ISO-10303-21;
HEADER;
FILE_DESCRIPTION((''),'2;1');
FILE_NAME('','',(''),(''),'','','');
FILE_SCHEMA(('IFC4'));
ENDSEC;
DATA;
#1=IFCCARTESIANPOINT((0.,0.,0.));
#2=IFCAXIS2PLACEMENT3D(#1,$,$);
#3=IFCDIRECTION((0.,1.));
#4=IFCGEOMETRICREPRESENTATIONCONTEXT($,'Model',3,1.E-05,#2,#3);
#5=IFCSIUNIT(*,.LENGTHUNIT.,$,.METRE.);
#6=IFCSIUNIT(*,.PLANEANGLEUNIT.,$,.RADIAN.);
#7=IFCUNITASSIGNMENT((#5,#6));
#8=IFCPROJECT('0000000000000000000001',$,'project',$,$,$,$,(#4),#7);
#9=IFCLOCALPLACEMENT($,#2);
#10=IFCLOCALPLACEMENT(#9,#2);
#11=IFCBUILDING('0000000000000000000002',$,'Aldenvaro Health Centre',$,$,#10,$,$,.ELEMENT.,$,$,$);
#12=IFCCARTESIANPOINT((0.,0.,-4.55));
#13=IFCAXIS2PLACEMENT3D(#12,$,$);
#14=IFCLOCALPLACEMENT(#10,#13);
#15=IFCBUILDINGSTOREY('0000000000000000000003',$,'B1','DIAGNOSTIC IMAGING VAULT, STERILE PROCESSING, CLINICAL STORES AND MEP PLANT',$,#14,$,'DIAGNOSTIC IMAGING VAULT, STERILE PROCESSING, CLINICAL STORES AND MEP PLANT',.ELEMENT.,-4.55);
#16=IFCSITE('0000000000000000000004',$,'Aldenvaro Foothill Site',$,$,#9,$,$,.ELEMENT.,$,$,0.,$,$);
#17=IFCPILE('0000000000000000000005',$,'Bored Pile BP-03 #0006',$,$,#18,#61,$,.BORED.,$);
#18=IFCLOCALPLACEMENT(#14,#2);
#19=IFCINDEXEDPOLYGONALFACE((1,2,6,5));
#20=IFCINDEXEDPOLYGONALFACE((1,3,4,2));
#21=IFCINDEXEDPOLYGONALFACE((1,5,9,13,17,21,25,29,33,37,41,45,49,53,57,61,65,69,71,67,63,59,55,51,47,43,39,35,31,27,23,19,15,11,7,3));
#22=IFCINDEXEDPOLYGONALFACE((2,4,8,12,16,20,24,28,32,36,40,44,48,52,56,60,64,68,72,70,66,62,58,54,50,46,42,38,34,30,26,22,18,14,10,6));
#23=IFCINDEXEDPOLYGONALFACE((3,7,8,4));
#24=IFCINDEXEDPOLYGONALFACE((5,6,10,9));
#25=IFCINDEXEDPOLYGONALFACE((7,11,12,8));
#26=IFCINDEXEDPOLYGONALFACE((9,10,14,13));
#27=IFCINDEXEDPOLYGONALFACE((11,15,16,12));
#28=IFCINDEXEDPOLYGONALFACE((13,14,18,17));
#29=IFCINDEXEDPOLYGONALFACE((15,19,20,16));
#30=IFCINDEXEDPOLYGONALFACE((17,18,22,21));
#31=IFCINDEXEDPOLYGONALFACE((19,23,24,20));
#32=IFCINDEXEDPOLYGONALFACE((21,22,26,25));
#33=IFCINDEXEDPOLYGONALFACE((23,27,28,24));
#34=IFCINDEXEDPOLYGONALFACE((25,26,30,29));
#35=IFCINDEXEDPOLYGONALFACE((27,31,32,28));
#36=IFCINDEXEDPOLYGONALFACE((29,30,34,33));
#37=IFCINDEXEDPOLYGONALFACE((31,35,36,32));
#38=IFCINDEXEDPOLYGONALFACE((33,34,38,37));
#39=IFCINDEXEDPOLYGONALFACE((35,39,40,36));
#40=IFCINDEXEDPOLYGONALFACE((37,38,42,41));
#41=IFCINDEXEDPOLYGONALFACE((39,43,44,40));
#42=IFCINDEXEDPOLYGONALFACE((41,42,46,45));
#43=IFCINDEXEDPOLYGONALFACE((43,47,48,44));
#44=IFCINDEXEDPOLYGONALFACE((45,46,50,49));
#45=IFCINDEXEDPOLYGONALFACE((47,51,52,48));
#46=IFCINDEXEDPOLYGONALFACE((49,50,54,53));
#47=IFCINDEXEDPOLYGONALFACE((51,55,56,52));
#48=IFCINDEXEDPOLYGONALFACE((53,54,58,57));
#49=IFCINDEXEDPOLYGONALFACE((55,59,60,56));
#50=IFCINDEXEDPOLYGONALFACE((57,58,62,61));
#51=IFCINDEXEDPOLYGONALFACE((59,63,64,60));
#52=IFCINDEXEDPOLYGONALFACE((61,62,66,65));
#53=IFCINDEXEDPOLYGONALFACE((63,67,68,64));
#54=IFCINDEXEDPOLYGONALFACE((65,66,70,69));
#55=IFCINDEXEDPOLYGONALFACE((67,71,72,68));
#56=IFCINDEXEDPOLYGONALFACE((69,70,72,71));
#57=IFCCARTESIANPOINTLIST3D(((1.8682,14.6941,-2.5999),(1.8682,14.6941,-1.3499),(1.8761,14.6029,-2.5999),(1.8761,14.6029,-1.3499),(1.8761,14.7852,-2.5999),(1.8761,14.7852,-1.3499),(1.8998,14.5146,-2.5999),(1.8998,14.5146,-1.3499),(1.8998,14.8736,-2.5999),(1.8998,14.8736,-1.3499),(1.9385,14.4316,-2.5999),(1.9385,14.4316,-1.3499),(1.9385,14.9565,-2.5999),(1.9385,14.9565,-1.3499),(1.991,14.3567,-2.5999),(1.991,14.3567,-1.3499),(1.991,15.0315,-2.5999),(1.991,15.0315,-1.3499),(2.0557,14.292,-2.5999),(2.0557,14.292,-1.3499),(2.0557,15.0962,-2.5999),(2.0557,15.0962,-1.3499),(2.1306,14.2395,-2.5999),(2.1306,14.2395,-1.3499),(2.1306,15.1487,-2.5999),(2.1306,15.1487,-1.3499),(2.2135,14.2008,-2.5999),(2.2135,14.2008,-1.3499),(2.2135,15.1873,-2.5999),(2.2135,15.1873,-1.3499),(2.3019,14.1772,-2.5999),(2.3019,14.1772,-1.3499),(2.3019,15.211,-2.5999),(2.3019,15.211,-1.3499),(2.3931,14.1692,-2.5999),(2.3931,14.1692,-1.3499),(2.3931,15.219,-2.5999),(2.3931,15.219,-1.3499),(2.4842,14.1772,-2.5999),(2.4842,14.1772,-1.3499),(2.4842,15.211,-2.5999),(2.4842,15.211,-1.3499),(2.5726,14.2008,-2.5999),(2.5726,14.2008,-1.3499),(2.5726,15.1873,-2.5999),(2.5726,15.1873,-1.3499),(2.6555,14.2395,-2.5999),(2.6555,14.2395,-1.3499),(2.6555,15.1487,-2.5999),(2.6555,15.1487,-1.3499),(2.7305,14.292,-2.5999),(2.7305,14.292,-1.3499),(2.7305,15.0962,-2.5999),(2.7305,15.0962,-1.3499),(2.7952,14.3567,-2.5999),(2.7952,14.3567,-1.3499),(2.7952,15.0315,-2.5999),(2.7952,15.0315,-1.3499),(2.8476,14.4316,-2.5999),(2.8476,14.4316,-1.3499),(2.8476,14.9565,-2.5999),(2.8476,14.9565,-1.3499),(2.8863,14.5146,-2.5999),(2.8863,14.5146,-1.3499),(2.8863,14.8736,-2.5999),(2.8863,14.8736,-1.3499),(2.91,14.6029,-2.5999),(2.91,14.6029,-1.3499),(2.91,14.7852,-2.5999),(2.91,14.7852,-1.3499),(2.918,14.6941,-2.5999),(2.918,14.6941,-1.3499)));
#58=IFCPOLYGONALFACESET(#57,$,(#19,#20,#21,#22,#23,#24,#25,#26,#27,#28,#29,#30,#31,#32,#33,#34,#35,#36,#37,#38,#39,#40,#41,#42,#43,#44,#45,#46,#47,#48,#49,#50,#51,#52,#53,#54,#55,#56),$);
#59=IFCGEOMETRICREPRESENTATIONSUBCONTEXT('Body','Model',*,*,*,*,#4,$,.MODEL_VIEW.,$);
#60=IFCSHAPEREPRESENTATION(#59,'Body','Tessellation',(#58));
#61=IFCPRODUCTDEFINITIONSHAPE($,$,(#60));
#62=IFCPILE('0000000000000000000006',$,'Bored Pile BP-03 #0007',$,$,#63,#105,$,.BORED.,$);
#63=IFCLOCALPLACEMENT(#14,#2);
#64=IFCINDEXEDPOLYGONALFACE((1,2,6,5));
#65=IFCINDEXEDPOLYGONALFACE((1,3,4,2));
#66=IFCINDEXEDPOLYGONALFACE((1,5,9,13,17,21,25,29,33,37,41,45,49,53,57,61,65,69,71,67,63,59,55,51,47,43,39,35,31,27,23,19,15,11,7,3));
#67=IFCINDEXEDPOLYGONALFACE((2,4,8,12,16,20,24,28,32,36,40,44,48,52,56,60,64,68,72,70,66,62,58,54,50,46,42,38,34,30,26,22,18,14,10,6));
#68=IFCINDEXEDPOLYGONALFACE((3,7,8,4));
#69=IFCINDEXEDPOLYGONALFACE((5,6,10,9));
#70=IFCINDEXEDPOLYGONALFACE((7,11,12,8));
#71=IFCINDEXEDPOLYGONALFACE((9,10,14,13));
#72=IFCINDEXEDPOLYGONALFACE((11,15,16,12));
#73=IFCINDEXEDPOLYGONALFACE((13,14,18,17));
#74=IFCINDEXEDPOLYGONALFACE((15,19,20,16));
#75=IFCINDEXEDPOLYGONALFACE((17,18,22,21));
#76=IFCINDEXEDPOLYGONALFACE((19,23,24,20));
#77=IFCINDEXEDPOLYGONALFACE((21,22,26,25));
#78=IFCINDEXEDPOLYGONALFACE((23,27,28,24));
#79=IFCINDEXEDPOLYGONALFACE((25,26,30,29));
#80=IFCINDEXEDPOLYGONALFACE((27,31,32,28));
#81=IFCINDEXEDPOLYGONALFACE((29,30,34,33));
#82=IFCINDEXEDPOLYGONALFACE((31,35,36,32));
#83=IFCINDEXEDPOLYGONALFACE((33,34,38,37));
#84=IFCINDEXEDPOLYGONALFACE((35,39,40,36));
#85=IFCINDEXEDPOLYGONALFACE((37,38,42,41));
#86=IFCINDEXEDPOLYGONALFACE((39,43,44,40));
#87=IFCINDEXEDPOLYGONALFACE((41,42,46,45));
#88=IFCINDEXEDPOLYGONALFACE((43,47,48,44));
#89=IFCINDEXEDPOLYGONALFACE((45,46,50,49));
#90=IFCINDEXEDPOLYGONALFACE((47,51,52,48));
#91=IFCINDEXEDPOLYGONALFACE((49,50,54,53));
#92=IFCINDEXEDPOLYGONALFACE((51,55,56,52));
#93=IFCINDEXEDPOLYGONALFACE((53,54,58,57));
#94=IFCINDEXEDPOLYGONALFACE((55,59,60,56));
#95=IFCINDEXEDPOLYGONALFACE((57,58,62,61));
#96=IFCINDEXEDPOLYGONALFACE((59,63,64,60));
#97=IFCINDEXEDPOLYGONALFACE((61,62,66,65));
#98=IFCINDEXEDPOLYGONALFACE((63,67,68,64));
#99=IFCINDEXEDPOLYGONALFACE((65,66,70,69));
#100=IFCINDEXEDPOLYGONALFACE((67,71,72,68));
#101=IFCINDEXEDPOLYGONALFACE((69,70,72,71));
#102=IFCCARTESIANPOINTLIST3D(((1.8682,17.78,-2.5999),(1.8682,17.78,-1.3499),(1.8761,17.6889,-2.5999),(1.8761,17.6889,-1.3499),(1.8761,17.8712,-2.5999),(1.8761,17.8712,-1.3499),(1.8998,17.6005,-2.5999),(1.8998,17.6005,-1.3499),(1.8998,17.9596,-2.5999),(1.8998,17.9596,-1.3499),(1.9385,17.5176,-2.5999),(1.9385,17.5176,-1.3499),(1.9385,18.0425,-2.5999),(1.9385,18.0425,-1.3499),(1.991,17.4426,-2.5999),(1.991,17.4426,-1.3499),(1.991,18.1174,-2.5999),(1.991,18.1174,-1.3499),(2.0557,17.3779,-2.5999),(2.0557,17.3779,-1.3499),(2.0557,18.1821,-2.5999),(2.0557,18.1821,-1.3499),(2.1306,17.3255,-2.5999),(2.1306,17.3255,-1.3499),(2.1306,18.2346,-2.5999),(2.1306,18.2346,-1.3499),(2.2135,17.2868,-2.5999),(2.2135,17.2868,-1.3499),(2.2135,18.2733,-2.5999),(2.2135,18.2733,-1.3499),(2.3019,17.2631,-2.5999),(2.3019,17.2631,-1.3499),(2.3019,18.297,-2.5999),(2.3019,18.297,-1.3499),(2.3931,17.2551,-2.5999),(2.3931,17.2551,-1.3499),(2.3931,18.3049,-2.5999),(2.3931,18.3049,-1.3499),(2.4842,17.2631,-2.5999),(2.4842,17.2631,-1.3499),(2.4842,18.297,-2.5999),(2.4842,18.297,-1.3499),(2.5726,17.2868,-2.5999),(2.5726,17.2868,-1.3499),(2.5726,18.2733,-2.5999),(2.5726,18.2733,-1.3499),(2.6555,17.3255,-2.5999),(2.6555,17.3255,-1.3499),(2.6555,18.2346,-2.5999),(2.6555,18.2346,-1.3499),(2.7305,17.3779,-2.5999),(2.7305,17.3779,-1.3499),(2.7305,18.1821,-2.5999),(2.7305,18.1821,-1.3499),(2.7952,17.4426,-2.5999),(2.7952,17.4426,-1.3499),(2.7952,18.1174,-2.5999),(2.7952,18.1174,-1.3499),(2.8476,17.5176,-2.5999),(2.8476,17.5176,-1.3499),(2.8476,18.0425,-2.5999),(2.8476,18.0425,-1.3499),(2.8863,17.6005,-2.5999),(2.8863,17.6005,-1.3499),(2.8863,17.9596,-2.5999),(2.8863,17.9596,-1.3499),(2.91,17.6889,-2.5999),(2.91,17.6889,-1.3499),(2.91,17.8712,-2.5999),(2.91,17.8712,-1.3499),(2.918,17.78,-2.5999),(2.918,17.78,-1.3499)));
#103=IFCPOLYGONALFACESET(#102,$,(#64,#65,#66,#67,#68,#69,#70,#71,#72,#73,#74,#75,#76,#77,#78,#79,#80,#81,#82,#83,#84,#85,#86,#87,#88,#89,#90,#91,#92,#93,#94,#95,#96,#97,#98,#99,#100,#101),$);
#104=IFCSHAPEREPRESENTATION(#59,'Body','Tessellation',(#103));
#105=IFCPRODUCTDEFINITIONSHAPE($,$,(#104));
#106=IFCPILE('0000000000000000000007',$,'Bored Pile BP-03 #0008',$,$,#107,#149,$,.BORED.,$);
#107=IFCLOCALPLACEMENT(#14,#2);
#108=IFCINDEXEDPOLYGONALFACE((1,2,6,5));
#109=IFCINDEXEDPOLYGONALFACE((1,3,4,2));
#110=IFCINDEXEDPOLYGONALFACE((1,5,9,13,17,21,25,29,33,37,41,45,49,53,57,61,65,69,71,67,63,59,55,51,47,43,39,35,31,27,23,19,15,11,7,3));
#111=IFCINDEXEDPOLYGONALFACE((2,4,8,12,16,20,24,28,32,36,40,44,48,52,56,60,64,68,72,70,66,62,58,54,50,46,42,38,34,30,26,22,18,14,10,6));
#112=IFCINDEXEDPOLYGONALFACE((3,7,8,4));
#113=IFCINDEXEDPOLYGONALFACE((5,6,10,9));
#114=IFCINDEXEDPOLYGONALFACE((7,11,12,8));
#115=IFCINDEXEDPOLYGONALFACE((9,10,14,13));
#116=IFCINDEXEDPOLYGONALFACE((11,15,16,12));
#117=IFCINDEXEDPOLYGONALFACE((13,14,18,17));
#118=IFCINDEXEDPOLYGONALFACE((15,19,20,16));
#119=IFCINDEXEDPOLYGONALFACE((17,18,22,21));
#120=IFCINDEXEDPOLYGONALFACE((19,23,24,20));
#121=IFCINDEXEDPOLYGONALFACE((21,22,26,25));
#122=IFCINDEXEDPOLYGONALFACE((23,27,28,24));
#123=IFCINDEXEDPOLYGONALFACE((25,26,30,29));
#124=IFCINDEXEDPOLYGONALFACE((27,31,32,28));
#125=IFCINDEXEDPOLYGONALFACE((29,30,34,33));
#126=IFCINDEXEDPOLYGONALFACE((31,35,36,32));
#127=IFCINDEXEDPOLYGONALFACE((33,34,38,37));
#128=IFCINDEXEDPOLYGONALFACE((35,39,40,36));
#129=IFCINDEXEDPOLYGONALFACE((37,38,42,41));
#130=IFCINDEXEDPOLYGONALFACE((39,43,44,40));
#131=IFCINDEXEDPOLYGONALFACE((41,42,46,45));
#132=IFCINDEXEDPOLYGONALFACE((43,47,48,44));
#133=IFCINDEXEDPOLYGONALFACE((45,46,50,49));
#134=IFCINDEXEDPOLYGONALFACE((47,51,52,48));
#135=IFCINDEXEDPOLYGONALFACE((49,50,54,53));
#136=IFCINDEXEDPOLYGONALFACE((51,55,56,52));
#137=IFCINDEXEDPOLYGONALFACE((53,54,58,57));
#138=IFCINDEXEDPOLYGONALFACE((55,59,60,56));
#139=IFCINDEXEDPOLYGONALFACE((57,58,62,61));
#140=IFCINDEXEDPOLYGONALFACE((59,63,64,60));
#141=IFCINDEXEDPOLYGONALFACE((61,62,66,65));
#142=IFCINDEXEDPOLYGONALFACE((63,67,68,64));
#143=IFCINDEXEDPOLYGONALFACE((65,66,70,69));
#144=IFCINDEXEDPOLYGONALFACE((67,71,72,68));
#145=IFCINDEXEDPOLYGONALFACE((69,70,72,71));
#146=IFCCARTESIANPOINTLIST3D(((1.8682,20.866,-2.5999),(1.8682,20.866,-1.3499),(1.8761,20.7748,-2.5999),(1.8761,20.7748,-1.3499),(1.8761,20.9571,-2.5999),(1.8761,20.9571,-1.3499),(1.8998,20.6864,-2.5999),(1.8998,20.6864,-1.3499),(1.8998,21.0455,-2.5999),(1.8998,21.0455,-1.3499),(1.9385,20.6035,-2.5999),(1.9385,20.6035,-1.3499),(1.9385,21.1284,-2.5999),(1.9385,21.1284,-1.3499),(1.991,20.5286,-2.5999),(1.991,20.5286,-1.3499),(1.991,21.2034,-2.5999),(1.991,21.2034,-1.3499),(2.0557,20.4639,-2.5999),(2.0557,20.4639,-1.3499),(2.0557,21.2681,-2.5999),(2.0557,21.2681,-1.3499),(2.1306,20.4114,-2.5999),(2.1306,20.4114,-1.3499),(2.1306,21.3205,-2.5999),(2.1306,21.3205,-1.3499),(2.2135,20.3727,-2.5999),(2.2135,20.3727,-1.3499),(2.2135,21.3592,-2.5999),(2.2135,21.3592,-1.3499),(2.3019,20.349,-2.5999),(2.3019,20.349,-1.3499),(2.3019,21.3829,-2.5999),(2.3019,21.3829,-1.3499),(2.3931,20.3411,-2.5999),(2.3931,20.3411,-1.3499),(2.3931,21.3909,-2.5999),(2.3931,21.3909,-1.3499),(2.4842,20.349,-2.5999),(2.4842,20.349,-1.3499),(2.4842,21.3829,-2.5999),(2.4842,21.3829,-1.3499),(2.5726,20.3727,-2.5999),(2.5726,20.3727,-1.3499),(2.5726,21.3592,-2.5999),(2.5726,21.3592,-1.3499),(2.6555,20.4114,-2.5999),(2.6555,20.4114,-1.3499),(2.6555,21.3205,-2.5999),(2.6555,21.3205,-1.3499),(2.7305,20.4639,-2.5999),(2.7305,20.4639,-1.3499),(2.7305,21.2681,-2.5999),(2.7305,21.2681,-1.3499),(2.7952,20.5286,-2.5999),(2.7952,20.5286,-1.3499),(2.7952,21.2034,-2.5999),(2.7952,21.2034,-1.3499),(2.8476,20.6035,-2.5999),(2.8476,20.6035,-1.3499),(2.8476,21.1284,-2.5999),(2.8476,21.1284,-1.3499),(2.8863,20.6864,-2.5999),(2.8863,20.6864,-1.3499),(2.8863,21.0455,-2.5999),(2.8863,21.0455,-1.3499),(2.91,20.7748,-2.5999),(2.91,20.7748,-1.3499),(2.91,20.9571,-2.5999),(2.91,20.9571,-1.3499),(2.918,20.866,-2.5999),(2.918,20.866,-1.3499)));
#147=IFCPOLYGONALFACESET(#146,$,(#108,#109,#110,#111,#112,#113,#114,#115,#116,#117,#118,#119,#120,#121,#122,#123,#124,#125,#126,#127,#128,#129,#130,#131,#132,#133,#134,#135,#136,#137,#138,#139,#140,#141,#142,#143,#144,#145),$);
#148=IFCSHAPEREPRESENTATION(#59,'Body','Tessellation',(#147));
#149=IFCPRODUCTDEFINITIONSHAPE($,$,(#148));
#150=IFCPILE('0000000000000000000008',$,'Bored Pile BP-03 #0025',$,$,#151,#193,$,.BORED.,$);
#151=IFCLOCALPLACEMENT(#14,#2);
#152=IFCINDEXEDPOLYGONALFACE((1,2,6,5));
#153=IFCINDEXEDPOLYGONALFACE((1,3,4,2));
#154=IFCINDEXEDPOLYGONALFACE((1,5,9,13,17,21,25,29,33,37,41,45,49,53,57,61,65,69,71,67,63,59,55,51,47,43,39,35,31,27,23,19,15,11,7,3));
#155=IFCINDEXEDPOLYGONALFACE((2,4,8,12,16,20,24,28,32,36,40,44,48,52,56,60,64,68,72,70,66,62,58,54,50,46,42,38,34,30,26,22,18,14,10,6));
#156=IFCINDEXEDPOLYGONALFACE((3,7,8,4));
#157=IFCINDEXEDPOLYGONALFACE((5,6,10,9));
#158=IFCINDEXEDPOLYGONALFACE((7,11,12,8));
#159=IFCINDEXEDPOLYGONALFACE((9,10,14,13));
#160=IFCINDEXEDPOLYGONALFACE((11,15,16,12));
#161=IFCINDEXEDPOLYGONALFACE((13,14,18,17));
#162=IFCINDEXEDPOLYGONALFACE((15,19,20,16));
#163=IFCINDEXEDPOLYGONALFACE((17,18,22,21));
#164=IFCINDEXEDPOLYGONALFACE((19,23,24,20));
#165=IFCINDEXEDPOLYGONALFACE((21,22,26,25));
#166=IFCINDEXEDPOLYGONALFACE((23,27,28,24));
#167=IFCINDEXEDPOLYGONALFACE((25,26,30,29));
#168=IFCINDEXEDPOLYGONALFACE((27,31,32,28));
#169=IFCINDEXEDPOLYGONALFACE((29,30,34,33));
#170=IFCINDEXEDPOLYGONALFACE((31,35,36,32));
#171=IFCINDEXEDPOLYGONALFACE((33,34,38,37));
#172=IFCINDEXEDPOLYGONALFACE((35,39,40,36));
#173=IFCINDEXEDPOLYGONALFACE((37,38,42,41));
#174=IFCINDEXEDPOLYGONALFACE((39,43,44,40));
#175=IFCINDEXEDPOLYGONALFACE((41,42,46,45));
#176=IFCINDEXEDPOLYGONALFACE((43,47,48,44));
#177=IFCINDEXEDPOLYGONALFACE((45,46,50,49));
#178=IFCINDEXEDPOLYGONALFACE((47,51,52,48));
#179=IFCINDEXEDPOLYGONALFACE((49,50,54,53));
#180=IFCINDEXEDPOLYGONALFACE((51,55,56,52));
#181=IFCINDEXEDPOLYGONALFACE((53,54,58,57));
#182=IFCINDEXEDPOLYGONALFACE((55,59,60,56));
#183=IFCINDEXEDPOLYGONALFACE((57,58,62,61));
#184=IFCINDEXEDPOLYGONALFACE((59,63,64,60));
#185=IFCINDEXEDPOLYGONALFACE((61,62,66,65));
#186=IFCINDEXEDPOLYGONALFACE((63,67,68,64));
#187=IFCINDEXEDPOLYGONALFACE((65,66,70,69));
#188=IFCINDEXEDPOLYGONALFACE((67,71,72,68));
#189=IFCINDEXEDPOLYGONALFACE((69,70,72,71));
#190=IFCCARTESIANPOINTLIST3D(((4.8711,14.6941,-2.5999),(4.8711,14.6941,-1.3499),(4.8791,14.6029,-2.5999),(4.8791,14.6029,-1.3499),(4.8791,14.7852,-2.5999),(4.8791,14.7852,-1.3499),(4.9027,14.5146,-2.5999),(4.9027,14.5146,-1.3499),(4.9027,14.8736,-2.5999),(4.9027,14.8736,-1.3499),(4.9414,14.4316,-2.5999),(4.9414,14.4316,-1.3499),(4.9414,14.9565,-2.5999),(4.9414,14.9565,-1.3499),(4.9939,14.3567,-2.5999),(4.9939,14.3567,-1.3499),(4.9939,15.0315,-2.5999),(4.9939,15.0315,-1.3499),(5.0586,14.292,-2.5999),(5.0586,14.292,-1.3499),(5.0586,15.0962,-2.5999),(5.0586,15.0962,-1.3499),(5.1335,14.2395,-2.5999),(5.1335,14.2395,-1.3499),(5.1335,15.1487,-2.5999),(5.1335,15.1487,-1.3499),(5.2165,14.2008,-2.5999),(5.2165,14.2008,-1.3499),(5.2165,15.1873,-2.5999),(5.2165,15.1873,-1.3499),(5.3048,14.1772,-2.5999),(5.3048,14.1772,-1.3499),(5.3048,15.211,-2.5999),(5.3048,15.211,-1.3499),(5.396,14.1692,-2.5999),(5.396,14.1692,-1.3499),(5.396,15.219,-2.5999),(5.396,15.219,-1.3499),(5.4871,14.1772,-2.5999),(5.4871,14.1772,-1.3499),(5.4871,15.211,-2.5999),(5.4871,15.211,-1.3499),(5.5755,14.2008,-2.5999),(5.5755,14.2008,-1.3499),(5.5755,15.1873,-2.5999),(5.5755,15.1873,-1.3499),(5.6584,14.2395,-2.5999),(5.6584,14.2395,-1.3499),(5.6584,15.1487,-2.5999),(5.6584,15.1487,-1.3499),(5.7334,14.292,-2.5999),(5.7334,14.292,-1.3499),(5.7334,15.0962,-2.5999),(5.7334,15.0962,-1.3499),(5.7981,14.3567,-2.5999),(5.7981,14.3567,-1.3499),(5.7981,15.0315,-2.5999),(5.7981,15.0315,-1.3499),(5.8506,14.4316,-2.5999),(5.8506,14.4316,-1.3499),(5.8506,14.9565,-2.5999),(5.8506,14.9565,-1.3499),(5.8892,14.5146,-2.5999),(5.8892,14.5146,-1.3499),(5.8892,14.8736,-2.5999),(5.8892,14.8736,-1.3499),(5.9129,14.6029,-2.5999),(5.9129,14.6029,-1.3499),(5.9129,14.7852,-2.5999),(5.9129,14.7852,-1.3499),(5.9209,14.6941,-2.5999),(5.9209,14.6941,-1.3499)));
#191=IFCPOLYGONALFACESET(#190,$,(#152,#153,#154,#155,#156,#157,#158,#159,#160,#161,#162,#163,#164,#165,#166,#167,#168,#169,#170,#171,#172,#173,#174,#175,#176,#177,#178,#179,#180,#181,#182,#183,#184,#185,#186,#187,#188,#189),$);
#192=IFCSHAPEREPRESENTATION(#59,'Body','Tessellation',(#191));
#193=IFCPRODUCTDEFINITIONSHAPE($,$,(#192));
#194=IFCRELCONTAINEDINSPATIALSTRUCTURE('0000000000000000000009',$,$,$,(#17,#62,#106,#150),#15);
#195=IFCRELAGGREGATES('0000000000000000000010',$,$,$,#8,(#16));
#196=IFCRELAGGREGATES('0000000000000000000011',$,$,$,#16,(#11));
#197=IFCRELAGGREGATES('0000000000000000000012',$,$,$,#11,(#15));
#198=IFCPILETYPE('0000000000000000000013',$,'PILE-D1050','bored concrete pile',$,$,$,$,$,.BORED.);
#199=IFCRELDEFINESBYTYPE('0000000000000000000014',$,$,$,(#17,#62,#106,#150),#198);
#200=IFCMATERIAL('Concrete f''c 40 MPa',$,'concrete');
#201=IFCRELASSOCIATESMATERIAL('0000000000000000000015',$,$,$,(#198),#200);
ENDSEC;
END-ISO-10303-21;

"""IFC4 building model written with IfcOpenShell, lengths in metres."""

from ifc_helpers import new_model, si_unit, direction, frame, origin, origin_2d, place, context, subcontext, project, spatial, circle, extrude, material, material_profile, profile_set, type_object, element, save


model = new_model("IFC4")

# Units and contexts
model_context = context("Model", 3, precision=1e-05, world=origin(), true_north=direction((0.0, 1.0)))
body_context = subcontext(model_context, "Body", "Model", "MODEL_VIEW")
ifc_project = project(units=[si_unit("LENGTHUNIT", "METRE"), si_unit("PLANEANGLEUNIT", "RADIAN")], contexts=[model_context])

# Site, building, storey
site_placement = place(None, origin())
site = spatial("IfcSite", under=ifc_project, at=site_placement, Name="Aldenvaro Foothill Site", CompositionType="ELEMENT", RefElevation=0.0)
building_placement = place(site_placement, origin())
building = spatial("IfcBuilding", under=site, at=building_placement, Name="Aldenvaro Health Centre", CompositionType="ELEMENT")
storey_placement = place(building_placement, frame((0.0, 0.0, -4.55)))
storey = spatial("IfcBuildingStorey", under=building, at=storey_placement, Name="B1", Description="DIAGNOSTIC IMAGING VAULT, STERILE PROCESSING, CLINICAL STORES AND MEP PLANT", LongName="DIAGNOSTIC IMAGING VAULT, STERILE PROCESSING, CLINICAL STORES AND MEP PLANT", CompositionType="ELEMENT", Elevation=-4.55)

# Piles
ifc_material_1 = material(Name="Concrete f'c 40 MPa", Category="concrete")
ifc_material_profile_1 = material_profile(ifc_material_1, circle(Radius=0.5249, at=origin_2d()), Name="PILE D1050", Category="concrete")
ifc_profile_set_1 = profile_set([ifc_material_profile_1], Name="Concrete f'c 40 MPa")
pile_type = type_object("IfcPileType", Name="PILE-D1050", Description="bored concrete pile", PredefinedType="BORED", material=ifc_profile_set_1)
for number, where, z_axis, x_axis, name in (
    (1, (2.3931, 14.6941, -1.3499), (0.0, 0.0, -1.0), (1.0, 0.0, 0.0), "Bored Pile BP-03 #0006"),
    (2, (2.3931, 17.78, -1.3499), (0.0, 0.0, -1.0), (1.0, 0.0, 0.0), "Bored Pile BP-03 #0007"),
    (3, (2.3931, 20.866, -1.3499), (0.0, 0.0, -1.0), (1.0, 0.0, 0.0), "Bored Pile BP-03 #0008"),
    (4, (5.396, 14.6941, -1.3499), (0.0, 0.0, -1.0), (1.0, 0.0, 0.0), "Bored Pile BP-03 #0025"),
):
    element("IfcPile", number, at=place(storey_placement, frame(where, z_axis=z_axis, x_axis=x_axis)), inside=storey, type_object=pile_type, Name=name, PredefinedType="BORED", context=body_context, shape_type="SweptSolid", body=[
        extrude(circle(Radius=0.5249, at=origin_2d()), origin(), (0.0, 0.0, 1.0), 1.25),
    ])

save(model, "model.ifc")
